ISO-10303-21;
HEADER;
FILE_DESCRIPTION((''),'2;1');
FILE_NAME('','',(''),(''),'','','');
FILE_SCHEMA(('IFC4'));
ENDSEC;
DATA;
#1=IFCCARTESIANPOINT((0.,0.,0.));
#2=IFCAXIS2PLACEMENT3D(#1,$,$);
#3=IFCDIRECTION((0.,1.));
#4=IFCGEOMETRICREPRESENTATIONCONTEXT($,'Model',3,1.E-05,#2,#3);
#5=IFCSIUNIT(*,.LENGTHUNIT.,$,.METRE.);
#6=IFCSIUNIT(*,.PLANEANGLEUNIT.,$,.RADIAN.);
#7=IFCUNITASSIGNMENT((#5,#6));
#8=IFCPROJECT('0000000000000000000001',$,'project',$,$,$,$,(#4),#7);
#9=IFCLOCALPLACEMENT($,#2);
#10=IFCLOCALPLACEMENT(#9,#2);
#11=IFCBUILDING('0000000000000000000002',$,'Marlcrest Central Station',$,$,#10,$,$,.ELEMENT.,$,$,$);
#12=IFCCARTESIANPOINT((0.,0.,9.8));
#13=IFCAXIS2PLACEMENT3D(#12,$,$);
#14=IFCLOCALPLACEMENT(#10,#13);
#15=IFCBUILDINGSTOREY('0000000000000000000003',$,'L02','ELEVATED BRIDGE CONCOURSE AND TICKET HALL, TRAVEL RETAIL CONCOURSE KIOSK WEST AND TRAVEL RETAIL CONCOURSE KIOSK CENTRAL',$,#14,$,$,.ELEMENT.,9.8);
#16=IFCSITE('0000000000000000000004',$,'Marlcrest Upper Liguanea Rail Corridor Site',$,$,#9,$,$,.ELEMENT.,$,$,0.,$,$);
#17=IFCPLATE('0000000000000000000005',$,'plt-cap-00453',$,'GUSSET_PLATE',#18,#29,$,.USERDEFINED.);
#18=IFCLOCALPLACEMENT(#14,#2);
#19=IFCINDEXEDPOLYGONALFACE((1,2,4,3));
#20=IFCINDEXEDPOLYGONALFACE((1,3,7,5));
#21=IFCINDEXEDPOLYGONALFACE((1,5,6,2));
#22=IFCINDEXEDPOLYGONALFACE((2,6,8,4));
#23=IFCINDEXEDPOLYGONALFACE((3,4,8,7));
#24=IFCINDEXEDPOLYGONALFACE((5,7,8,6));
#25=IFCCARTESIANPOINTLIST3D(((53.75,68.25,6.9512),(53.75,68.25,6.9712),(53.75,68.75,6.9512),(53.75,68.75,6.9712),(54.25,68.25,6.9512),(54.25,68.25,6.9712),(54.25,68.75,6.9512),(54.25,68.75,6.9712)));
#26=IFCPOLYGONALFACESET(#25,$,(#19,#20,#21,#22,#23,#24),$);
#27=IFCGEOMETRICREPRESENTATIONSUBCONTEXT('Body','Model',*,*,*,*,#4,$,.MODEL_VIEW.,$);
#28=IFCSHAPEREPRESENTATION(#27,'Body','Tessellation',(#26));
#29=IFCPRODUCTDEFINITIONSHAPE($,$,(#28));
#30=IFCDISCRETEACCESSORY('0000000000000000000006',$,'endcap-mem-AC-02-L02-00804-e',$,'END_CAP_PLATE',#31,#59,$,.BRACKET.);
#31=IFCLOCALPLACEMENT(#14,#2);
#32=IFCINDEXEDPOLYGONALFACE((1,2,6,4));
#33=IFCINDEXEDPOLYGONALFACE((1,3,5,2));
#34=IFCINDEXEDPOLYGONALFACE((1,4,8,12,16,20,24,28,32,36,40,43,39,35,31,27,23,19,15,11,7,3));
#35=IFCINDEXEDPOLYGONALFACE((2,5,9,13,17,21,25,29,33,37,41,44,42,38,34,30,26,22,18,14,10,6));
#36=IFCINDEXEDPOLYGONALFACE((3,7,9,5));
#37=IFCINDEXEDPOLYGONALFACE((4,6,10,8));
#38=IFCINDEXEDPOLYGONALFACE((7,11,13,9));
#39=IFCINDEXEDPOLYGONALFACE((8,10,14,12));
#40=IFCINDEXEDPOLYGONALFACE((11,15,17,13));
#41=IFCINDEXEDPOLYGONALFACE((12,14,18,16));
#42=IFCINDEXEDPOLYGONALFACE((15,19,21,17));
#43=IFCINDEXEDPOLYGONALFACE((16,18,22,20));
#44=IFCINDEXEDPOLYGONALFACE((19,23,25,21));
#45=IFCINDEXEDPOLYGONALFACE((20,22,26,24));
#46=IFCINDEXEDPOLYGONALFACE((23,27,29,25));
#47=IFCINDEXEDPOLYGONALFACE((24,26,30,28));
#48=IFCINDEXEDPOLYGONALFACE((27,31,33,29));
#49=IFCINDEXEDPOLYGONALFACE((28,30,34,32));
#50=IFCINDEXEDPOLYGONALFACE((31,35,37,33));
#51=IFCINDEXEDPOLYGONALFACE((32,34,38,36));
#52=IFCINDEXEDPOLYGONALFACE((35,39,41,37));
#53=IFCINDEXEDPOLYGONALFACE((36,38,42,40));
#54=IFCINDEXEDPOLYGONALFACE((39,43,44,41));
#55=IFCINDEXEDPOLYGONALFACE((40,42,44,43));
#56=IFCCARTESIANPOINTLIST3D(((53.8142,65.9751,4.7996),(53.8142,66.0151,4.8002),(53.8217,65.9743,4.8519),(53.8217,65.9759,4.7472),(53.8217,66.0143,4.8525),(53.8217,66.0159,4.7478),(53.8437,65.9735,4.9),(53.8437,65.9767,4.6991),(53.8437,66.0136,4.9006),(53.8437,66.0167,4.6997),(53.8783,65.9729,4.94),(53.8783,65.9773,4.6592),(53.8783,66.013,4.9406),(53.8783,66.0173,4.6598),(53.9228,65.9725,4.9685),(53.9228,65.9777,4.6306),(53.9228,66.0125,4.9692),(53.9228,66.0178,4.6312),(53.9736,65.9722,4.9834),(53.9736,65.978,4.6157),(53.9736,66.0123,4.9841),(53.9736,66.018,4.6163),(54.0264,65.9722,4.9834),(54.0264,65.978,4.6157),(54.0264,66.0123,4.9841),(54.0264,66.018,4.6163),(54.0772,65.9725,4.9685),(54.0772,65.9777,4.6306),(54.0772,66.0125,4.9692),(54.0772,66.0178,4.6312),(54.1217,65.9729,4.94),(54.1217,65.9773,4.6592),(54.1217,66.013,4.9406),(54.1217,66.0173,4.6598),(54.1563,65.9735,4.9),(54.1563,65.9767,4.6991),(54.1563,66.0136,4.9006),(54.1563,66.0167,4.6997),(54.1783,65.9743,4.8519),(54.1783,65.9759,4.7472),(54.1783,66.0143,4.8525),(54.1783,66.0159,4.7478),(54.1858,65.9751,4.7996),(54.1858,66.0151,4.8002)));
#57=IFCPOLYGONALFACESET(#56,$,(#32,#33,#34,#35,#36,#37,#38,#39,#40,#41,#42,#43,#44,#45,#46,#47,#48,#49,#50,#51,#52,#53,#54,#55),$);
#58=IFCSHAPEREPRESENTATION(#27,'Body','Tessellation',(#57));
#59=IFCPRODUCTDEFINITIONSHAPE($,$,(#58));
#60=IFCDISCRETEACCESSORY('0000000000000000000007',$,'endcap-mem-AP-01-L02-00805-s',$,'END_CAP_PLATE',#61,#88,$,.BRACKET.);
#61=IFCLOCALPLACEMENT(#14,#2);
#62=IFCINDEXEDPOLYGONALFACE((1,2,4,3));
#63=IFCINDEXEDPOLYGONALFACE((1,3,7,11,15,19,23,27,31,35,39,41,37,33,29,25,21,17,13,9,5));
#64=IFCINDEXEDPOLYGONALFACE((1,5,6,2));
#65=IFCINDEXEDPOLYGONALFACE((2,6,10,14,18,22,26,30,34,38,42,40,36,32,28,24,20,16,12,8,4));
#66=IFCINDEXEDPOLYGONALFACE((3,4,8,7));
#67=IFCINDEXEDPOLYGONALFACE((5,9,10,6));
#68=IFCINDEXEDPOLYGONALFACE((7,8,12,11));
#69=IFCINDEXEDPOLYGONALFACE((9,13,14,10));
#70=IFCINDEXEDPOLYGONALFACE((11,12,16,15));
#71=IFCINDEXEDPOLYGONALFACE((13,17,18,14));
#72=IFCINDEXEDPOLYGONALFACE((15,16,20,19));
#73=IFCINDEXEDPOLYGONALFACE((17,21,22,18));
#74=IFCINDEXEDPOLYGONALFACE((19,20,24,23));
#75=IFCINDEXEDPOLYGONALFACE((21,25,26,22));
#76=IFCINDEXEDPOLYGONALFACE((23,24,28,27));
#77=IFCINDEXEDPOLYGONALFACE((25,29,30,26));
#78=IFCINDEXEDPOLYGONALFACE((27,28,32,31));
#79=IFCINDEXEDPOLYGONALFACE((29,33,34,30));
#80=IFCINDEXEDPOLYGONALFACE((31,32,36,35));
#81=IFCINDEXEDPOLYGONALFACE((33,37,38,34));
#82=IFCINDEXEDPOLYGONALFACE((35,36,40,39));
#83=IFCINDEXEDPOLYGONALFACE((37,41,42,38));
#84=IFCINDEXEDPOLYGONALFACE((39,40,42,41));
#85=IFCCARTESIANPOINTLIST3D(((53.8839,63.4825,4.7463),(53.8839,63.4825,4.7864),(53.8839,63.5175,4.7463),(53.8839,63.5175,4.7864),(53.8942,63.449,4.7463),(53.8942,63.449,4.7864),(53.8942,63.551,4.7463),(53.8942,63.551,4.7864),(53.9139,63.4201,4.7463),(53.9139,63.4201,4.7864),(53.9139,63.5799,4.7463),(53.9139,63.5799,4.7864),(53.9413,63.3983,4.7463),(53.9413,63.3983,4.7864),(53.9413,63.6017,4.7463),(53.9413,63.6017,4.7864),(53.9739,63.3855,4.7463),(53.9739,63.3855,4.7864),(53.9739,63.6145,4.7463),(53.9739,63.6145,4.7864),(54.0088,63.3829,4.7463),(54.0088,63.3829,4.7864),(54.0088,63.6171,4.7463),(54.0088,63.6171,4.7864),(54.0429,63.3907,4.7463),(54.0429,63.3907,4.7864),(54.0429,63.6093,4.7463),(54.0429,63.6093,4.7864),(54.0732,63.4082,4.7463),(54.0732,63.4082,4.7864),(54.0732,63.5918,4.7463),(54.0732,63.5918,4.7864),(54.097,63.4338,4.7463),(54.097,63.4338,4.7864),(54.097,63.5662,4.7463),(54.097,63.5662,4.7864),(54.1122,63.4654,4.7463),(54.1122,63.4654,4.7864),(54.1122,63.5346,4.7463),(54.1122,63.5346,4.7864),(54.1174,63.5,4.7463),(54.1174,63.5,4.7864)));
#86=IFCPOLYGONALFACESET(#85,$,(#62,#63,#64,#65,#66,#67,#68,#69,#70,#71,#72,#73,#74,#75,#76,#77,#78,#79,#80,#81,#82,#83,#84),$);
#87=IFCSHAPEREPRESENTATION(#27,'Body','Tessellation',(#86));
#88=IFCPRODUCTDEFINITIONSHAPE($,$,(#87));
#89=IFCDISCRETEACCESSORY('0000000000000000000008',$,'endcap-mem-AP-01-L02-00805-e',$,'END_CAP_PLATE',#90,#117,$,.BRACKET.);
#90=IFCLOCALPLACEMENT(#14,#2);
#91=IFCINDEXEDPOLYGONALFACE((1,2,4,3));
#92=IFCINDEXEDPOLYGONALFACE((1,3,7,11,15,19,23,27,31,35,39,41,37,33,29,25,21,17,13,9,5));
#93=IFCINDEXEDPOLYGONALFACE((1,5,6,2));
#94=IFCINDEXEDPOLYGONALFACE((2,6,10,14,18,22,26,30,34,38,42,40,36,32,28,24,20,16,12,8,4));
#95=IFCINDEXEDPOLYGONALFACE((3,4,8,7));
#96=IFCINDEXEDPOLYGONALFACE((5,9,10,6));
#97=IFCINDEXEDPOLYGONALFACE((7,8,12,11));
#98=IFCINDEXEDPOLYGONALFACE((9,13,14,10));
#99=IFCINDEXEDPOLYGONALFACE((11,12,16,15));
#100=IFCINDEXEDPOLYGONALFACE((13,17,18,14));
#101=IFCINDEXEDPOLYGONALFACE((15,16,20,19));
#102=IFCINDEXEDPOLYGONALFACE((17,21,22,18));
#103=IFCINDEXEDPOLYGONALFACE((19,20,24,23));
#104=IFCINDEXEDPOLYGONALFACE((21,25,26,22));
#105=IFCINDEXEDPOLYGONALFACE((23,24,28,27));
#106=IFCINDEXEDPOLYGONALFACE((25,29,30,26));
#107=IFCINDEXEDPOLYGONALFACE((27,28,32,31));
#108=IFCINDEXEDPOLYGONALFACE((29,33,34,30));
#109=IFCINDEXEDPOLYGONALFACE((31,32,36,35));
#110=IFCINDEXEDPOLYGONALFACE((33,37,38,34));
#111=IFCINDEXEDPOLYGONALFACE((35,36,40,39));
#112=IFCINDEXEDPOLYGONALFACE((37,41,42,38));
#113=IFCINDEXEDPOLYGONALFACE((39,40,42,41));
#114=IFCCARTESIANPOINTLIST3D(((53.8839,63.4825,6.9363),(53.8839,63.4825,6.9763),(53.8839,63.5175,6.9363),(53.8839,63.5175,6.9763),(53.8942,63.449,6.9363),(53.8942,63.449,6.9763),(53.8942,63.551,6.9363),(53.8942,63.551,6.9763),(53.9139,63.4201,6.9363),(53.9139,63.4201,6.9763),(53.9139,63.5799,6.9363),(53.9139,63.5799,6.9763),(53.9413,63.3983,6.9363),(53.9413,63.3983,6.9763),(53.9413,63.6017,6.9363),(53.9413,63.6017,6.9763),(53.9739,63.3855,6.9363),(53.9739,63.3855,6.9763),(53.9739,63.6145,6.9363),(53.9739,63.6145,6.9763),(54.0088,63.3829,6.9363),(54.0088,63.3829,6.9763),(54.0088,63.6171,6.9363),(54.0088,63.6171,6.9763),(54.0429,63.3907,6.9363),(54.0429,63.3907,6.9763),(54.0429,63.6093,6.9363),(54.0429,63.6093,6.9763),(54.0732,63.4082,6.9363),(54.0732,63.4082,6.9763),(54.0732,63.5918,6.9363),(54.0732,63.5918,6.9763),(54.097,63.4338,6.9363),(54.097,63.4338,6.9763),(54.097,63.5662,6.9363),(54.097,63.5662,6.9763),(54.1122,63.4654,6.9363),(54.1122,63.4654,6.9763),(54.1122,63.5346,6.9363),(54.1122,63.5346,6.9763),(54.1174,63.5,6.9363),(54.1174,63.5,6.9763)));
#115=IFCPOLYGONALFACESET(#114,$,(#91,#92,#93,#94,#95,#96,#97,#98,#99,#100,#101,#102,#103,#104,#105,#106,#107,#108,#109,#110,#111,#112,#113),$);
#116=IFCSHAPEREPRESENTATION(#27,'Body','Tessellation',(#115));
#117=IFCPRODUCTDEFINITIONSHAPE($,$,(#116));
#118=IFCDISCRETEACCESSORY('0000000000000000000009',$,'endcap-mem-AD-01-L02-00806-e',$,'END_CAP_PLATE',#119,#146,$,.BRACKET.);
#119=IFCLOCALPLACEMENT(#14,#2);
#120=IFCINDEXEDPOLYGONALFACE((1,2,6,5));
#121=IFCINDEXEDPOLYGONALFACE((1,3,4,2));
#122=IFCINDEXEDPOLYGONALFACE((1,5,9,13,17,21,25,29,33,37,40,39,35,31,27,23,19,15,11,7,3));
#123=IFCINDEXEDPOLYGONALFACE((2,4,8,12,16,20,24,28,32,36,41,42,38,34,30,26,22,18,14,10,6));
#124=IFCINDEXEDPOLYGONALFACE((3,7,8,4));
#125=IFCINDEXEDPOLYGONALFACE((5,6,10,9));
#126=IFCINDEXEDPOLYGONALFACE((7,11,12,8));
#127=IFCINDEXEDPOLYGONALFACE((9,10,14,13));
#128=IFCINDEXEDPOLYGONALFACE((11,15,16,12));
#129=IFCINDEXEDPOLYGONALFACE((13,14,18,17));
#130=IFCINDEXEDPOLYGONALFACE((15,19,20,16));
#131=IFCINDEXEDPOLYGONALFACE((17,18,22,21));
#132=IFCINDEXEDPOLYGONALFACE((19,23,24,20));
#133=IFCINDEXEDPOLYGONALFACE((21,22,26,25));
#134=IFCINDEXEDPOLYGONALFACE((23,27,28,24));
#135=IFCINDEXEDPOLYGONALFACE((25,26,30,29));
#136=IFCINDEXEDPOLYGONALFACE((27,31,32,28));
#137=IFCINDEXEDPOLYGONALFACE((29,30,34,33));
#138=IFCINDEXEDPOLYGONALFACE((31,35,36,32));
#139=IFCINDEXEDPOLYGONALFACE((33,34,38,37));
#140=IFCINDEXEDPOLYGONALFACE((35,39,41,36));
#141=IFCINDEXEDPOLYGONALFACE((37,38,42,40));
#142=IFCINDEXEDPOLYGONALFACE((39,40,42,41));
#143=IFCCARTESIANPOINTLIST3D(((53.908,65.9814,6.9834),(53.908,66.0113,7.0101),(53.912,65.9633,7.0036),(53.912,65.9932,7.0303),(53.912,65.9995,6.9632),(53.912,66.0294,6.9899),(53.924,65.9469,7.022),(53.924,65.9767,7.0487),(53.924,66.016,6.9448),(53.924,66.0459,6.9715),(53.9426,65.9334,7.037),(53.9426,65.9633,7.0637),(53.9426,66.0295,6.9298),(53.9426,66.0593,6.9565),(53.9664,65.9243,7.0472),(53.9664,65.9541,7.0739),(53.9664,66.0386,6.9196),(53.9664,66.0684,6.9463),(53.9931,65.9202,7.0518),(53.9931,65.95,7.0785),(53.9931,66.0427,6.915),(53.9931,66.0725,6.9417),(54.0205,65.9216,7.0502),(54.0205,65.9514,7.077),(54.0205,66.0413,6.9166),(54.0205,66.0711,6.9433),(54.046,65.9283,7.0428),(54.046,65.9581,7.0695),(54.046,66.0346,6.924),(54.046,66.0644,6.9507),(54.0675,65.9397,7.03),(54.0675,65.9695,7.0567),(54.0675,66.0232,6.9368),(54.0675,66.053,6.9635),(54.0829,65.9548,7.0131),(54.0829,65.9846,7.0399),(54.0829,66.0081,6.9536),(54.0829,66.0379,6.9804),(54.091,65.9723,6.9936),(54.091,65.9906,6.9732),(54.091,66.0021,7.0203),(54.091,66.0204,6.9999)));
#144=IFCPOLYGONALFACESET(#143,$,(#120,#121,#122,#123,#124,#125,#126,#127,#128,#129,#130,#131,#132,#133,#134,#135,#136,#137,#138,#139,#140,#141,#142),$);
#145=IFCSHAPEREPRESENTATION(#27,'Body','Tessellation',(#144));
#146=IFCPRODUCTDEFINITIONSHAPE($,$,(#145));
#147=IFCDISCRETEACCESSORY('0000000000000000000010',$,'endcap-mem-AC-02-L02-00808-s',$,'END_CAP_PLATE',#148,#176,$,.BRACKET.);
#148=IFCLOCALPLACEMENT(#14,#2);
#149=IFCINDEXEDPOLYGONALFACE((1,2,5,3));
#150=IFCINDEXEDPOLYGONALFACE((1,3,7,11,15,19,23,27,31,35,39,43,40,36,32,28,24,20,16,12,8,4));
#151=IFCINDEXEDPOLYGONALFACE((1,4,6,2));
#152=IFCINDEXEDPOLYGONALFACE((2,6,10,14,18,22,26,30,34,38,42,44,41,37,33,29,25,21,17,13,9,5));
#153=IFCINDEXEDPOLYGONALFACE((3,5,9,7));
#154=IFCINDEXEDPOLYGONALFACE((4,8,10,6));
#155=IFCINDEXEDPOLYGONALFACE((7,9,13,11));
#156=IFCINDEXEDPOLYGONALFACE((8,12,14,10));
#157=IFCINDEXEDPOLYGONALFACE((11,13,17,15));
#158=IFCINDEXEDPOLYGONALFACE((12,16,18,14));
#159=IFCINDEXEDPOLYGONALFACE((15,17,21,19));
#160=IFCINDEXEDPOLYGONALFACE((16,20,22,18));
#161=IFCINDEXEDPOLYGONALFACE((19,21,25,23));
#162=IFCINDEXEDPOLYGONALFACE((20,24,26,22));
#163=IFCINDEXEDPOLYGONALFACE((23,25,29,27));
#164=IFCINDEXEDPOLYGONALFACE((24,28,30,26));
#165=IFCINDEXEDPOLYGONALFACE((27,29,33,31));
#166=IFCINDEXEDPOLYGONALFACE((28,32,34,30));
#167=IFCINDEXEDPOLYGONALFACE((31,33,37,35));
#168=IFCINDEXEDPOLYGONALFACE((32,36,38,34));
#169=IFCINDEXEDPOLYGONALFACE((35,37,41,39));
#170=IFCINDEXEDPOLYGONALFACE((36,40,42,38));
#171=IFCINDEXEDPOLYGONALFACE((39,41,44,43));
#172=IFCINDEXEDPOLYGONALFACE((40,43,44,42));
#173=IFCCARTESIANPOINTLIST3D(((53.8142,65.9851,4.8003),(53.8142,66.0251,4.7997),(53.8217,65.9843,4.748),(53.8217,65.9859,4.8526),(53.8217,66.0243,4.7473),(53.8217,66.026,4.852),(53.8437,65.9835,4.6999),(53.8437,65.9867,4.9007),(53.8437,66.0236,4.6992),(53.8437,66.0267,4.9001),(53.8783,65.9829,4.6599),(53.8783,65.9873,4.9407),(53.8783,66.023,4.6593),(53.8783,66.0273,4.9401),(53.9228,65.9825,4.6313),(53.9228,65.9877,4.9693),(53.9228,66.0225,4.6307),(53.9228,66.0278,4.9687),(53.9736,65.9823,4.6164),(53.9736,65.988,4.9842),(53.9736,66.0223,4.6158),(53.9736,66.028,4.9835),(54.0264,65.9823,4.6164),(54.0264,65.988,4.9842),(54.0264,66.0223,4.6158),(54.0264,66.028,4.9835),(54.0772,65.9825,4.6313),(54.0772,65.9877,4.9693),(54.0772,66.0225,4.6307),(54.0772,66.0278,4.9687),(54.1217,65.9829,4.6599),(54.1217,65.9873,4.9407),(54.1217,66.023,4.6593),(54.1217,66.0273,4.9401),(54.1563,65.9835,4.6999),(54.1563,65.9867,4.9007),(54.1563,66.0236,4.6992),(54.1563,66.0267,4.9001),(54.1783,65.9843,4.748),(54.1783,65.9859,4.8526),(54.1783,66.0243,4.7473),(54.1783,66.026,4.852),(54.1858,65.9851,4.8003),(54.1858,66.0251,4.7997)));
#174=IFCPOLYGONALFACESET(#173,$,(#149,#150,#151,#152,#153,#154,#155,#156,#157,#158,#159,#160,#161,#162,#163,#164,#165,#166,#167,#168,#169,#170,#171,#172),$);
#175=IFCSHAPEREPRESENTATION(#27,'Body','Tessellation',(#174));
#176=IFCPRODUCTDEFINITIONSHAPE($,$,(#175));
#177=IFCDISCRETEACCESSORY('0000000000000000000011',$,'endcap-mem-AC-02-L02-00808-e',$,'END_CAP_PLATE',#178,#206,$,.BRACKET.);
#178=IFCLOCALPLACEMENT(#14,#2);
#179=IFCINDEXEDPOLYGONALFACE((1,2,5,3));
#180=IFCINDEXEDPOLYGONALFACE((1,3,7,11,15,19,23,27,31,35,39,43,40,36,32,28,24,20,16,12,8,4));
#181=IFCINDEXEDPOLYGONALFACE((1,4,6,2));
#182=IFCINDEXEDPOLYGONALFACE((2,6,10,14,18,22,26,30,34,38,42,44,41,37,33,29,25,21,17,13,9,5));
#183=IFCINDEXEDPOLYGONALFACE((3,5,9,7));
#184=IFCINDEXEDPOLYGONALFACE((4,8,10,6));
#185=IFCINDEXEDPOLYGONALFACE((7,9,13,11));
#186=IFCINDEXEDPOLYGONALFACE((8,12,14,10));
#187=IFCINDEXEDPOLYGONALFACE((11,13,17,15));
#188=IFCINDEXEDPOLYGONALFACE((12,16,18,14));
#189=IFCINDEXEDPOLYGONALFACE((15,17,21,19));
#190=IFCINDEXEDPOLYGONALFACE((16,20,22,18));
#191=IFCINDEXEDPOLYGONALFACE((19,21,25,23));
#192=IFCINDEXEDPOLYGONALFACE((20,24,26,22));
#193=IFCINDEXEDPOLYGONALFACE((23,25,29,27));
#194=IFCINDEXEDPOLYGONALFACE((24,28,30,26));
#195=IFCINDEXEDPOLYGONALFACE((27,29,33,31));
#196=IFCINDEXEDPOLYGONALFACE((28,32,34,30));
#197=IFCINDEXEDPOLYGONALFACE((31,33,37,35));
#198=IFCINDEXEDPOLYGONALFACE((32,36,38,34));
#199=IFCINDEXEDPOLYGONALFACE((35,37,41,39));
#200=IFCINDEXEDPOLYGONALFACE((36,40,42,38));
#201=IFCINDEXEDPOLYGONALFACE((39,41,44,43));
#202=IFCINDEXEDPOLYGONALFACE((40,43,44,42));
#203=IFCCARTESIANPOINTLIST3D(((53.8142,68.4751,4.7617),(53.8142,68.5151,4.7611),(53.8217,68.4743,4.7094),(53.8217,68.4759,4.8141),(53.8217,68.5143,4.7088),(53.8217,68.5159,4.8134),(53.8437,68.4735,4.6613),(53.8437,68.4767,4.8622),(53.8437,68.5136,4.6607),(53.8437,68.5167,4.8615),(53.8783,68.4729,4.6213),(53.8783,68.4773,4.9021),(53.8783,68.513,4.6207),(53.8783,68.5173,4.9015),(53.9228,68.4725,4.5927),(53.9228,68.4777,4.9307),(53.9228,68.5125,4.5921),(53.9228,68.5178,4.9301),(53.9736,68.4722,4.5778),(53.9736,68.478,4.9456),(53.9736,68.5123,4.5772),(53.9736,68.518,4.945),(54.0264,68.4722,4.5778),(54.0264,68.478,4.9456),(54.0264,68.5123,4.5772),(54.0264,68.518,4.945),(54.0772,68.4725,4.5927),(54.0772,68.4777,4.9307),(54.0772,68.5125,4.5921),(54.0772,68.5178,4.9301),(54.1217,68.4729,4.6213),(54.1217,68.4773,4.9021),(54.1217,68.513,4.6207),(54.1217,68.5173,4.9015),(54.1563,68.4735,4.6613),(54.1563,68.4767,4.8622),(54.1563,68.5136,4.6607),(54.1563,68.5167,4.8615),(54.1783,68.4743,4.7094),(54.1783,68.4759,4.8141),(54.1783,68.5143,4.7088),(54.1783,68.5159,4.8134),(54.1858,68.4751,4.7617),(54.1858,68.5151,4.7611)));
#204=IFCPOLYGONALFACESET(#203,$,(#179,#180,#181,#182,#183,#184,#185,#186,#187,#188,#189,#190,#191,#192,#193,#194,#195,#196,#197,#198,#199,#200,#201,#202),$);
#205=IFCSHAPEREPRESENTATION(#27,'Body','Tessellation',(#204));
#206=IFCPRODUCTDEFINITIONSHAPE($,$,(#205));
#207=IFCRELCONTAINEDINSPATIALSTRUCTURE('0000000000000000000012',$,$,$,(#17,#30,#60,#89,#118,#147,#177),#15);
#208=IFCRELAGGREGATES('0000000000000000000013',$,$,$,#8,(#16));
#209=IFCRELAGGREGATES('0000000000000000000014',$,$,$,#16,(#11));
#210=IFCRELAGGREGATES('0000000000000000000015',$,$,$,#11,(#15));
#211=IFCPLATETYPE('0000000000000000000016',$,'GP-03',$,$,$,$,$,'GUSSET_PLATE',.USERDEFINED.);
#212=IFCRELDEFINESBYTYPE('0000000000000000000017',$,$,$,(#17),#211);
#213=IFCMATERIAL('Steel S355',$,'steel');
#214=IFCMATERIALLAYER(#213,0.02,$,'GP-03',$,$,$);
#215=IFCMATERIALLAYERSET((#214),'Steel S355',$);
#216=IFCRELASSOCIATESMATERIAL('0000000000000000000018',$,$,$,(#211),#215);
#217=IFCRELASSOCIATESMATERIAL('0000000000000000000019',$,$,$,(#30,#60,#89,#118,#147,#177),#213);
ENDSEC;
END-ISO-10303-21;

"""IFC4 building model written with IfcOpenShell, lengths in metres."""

from ifc_helpers import new_model, si_unit, direction, frame, origin, origin_2d, place, context, subcontext, project, spatial, rectangle, circle, extrude, material, layer, layer_set, type_object, element, save


model = new_model("IFC4")

# Units and contexts
model_context = context("Model", 3, precision=1e-05, world=origin(), true_north=direction((0.0, 1.0)))
body_context = subcontext(model_context, "Body", "Model", "MODEL_VIEW")
ifc_project = project(units=[si_unit("LENGTHUNIT", "METRE"), si_unit("PLANEANGLEUNIT", "RADIAN")], contexts=[model_context])

# Site, building, storey
site_placement = place(None, origin())
site = spatial("IfcSite", under=ifc_project, at=site_placement, Name="Marlcrest Upper Liguanea Rail Corridor Site", CompositionType="ELEMENT", RefElevation=0.0)
building_placement = place(site_placement, origin())
building = spatial("IfcBuilding", under=site, at=building_placement, Name="Marlcrest Central Station", CompositionType="ELEMENT")
storey_placement = place(building_placement, frame((0.0, 0.0, 9.8)))
storey = spatial("IfcBuildingStorey", under=building, at=storey_placement, Name="L02", Description="ELEVATED BRIDGE CONCOURSE AND TICKET HALL, TRAVEL RETAIL CONCOURSE KIOSK WEST AND TRAVEL RETAIL CONCOURSE KIOSK CENTRAL", CompositionType="ELEMENT", Elevation=9.8)

# Shared definitions
ifc_material = material(Name="Steel S355", Category="steel")

# Plate
ifc_layer = layer(ifc_material, 0.02, Name="GP-03")
ifc_layer_set = layer_set([ifc_layer], Name="Steel S355")
plate_type = type_object("IfcPlateType", Name="GP-03", ElementType="GUSSET_PLATE", PredefinedType="USERDEFINED", material=ifc_layer_set)
for number, where, z_axis, x_axis, name in (
    (1, (54.0, 68.5, 6.9512), (0.0, 0.0, 1.0), (1.0, 0.0, 0.0), "plt-cap-00453"),
):
    element("IfcPlate", number, at=place(storey_placement, frame(where, z_axis=z_axis, x_axis=x_axis)), inside=storey, type_object=plate_type, Name=name, ObjectType="GUSSET_PLATE", PredefinedType="USERDEFINED", context=body_context, shape_type="SweptSolid", body=[
        extrude(rectangle(XDim=0.5, YDim=0.5, at=origin_2d()), origin(), (0.0, 0.0, 1.0), 0.02),
    ])

# Discrete accessories
discrete_accessory_1_placement = place(storey_placement, frame((54.0, 65.9751, 4.7996), z_axis=(0.0, 0.999879, 0.015525), x_axis=(-1.0, 0.0, 0.0)))
element("IfcDiscreteAccessory", 2, at=discrete_accessory_1_placement, inside=storey, material=ifc_material, Name="endcap-mem-AC-02-L02-00804-e", ObjectType="END_CAP_PLATE", PredefinedType="BRACKET", context=body_context, shape_type="SweptSolid", body=[
    extrude(circle(Radius=0.1858, at=origin_2d()), origin(), (0.0, 0.0, 1.0), 0.04),
])
for number, where, z_axis, x_axis, name in (
    (3, (54.0, 63.5, 4.7463), (0.0, 0.0, 1.0), (1.0, 0.0, 0.0), "endcap-mem-AP-01-L02-00805-s"),
    (4, (54.0, 63.5, 6.9363), (0.0, 0.0, 1.0), (1.0, 0.0, 0.0), "endcap-mem-AP-01-L02-00805-e"),
):
    element("IfcDiscreteAccessory", number, at=place(storey_placement, frame(where, z_axis=z_axis, x_axis=x_axis)), inside=storey, material=ifc_material, Name=name, ObjectType="END_CAP_PLATE", PredefinedType="BRACKET", context=body_context, shape_type="SweptSolid", body=[
        extrude(circle(Radius=0.1174, at=origin_2d()), origin(), (0.0, 0.0, 1.0), 0.04),
    ])
discrete_accessory_2_placement = place(storey_placement, frame((54.0, 65.9814, 6.9834), z_axis=(0.0, 0.744956, 0.667114), x_axis=(-1.0, 0.0, 0.0)))
element("IfcDiscreteAccessory", 5, at=discrete_accessory_2_placement, inside=storey, material=ifc_material, Name="endcap-mem-AD-01-L02-00806-e", ObjectType="END_CAP_PLATE", PredefinedType="BRACKET", context=body_context, shape_type="SweptSolid", body=[
    extrude(circle(Radius=0.092, at=origin_2d()), origin(), (0.0, 0.0, 1.0), 0.04),
])
for number, where, z_axis, x_axis, name in (
    (6, (54.0, 65.9851, 4.8003), (0.0, 0.999879, -0.015525), (-1.0, 0.0, 0.0), "endcap-mem-AC-02-L02-00808-s"),
    (7, (54.0, 68.4751, 4.7617), (0.0, 0.999879, -0.015525), (-1.0, 0.0, 0.0), "endcap-mem-AC-02-L02-00808-e"),
):
    element("IfcDiscreteAccessory", number, at=place(storey_placement, frame(where, z_axis=z_axis, x_axis=x_axis)), inside=storey, material=ifc_material, Name=name, ObjectType="END_CAP_PLATE", PredefinedType="BRACKET", context=body_context, shape_type="SweptSolid", body=[
        extrude(circle(Radius=0.1858, at=origin_2d()), origin(), (0.0, 0.0, 1.0), 0.04),
    ])

save(model, "model.ifc")
